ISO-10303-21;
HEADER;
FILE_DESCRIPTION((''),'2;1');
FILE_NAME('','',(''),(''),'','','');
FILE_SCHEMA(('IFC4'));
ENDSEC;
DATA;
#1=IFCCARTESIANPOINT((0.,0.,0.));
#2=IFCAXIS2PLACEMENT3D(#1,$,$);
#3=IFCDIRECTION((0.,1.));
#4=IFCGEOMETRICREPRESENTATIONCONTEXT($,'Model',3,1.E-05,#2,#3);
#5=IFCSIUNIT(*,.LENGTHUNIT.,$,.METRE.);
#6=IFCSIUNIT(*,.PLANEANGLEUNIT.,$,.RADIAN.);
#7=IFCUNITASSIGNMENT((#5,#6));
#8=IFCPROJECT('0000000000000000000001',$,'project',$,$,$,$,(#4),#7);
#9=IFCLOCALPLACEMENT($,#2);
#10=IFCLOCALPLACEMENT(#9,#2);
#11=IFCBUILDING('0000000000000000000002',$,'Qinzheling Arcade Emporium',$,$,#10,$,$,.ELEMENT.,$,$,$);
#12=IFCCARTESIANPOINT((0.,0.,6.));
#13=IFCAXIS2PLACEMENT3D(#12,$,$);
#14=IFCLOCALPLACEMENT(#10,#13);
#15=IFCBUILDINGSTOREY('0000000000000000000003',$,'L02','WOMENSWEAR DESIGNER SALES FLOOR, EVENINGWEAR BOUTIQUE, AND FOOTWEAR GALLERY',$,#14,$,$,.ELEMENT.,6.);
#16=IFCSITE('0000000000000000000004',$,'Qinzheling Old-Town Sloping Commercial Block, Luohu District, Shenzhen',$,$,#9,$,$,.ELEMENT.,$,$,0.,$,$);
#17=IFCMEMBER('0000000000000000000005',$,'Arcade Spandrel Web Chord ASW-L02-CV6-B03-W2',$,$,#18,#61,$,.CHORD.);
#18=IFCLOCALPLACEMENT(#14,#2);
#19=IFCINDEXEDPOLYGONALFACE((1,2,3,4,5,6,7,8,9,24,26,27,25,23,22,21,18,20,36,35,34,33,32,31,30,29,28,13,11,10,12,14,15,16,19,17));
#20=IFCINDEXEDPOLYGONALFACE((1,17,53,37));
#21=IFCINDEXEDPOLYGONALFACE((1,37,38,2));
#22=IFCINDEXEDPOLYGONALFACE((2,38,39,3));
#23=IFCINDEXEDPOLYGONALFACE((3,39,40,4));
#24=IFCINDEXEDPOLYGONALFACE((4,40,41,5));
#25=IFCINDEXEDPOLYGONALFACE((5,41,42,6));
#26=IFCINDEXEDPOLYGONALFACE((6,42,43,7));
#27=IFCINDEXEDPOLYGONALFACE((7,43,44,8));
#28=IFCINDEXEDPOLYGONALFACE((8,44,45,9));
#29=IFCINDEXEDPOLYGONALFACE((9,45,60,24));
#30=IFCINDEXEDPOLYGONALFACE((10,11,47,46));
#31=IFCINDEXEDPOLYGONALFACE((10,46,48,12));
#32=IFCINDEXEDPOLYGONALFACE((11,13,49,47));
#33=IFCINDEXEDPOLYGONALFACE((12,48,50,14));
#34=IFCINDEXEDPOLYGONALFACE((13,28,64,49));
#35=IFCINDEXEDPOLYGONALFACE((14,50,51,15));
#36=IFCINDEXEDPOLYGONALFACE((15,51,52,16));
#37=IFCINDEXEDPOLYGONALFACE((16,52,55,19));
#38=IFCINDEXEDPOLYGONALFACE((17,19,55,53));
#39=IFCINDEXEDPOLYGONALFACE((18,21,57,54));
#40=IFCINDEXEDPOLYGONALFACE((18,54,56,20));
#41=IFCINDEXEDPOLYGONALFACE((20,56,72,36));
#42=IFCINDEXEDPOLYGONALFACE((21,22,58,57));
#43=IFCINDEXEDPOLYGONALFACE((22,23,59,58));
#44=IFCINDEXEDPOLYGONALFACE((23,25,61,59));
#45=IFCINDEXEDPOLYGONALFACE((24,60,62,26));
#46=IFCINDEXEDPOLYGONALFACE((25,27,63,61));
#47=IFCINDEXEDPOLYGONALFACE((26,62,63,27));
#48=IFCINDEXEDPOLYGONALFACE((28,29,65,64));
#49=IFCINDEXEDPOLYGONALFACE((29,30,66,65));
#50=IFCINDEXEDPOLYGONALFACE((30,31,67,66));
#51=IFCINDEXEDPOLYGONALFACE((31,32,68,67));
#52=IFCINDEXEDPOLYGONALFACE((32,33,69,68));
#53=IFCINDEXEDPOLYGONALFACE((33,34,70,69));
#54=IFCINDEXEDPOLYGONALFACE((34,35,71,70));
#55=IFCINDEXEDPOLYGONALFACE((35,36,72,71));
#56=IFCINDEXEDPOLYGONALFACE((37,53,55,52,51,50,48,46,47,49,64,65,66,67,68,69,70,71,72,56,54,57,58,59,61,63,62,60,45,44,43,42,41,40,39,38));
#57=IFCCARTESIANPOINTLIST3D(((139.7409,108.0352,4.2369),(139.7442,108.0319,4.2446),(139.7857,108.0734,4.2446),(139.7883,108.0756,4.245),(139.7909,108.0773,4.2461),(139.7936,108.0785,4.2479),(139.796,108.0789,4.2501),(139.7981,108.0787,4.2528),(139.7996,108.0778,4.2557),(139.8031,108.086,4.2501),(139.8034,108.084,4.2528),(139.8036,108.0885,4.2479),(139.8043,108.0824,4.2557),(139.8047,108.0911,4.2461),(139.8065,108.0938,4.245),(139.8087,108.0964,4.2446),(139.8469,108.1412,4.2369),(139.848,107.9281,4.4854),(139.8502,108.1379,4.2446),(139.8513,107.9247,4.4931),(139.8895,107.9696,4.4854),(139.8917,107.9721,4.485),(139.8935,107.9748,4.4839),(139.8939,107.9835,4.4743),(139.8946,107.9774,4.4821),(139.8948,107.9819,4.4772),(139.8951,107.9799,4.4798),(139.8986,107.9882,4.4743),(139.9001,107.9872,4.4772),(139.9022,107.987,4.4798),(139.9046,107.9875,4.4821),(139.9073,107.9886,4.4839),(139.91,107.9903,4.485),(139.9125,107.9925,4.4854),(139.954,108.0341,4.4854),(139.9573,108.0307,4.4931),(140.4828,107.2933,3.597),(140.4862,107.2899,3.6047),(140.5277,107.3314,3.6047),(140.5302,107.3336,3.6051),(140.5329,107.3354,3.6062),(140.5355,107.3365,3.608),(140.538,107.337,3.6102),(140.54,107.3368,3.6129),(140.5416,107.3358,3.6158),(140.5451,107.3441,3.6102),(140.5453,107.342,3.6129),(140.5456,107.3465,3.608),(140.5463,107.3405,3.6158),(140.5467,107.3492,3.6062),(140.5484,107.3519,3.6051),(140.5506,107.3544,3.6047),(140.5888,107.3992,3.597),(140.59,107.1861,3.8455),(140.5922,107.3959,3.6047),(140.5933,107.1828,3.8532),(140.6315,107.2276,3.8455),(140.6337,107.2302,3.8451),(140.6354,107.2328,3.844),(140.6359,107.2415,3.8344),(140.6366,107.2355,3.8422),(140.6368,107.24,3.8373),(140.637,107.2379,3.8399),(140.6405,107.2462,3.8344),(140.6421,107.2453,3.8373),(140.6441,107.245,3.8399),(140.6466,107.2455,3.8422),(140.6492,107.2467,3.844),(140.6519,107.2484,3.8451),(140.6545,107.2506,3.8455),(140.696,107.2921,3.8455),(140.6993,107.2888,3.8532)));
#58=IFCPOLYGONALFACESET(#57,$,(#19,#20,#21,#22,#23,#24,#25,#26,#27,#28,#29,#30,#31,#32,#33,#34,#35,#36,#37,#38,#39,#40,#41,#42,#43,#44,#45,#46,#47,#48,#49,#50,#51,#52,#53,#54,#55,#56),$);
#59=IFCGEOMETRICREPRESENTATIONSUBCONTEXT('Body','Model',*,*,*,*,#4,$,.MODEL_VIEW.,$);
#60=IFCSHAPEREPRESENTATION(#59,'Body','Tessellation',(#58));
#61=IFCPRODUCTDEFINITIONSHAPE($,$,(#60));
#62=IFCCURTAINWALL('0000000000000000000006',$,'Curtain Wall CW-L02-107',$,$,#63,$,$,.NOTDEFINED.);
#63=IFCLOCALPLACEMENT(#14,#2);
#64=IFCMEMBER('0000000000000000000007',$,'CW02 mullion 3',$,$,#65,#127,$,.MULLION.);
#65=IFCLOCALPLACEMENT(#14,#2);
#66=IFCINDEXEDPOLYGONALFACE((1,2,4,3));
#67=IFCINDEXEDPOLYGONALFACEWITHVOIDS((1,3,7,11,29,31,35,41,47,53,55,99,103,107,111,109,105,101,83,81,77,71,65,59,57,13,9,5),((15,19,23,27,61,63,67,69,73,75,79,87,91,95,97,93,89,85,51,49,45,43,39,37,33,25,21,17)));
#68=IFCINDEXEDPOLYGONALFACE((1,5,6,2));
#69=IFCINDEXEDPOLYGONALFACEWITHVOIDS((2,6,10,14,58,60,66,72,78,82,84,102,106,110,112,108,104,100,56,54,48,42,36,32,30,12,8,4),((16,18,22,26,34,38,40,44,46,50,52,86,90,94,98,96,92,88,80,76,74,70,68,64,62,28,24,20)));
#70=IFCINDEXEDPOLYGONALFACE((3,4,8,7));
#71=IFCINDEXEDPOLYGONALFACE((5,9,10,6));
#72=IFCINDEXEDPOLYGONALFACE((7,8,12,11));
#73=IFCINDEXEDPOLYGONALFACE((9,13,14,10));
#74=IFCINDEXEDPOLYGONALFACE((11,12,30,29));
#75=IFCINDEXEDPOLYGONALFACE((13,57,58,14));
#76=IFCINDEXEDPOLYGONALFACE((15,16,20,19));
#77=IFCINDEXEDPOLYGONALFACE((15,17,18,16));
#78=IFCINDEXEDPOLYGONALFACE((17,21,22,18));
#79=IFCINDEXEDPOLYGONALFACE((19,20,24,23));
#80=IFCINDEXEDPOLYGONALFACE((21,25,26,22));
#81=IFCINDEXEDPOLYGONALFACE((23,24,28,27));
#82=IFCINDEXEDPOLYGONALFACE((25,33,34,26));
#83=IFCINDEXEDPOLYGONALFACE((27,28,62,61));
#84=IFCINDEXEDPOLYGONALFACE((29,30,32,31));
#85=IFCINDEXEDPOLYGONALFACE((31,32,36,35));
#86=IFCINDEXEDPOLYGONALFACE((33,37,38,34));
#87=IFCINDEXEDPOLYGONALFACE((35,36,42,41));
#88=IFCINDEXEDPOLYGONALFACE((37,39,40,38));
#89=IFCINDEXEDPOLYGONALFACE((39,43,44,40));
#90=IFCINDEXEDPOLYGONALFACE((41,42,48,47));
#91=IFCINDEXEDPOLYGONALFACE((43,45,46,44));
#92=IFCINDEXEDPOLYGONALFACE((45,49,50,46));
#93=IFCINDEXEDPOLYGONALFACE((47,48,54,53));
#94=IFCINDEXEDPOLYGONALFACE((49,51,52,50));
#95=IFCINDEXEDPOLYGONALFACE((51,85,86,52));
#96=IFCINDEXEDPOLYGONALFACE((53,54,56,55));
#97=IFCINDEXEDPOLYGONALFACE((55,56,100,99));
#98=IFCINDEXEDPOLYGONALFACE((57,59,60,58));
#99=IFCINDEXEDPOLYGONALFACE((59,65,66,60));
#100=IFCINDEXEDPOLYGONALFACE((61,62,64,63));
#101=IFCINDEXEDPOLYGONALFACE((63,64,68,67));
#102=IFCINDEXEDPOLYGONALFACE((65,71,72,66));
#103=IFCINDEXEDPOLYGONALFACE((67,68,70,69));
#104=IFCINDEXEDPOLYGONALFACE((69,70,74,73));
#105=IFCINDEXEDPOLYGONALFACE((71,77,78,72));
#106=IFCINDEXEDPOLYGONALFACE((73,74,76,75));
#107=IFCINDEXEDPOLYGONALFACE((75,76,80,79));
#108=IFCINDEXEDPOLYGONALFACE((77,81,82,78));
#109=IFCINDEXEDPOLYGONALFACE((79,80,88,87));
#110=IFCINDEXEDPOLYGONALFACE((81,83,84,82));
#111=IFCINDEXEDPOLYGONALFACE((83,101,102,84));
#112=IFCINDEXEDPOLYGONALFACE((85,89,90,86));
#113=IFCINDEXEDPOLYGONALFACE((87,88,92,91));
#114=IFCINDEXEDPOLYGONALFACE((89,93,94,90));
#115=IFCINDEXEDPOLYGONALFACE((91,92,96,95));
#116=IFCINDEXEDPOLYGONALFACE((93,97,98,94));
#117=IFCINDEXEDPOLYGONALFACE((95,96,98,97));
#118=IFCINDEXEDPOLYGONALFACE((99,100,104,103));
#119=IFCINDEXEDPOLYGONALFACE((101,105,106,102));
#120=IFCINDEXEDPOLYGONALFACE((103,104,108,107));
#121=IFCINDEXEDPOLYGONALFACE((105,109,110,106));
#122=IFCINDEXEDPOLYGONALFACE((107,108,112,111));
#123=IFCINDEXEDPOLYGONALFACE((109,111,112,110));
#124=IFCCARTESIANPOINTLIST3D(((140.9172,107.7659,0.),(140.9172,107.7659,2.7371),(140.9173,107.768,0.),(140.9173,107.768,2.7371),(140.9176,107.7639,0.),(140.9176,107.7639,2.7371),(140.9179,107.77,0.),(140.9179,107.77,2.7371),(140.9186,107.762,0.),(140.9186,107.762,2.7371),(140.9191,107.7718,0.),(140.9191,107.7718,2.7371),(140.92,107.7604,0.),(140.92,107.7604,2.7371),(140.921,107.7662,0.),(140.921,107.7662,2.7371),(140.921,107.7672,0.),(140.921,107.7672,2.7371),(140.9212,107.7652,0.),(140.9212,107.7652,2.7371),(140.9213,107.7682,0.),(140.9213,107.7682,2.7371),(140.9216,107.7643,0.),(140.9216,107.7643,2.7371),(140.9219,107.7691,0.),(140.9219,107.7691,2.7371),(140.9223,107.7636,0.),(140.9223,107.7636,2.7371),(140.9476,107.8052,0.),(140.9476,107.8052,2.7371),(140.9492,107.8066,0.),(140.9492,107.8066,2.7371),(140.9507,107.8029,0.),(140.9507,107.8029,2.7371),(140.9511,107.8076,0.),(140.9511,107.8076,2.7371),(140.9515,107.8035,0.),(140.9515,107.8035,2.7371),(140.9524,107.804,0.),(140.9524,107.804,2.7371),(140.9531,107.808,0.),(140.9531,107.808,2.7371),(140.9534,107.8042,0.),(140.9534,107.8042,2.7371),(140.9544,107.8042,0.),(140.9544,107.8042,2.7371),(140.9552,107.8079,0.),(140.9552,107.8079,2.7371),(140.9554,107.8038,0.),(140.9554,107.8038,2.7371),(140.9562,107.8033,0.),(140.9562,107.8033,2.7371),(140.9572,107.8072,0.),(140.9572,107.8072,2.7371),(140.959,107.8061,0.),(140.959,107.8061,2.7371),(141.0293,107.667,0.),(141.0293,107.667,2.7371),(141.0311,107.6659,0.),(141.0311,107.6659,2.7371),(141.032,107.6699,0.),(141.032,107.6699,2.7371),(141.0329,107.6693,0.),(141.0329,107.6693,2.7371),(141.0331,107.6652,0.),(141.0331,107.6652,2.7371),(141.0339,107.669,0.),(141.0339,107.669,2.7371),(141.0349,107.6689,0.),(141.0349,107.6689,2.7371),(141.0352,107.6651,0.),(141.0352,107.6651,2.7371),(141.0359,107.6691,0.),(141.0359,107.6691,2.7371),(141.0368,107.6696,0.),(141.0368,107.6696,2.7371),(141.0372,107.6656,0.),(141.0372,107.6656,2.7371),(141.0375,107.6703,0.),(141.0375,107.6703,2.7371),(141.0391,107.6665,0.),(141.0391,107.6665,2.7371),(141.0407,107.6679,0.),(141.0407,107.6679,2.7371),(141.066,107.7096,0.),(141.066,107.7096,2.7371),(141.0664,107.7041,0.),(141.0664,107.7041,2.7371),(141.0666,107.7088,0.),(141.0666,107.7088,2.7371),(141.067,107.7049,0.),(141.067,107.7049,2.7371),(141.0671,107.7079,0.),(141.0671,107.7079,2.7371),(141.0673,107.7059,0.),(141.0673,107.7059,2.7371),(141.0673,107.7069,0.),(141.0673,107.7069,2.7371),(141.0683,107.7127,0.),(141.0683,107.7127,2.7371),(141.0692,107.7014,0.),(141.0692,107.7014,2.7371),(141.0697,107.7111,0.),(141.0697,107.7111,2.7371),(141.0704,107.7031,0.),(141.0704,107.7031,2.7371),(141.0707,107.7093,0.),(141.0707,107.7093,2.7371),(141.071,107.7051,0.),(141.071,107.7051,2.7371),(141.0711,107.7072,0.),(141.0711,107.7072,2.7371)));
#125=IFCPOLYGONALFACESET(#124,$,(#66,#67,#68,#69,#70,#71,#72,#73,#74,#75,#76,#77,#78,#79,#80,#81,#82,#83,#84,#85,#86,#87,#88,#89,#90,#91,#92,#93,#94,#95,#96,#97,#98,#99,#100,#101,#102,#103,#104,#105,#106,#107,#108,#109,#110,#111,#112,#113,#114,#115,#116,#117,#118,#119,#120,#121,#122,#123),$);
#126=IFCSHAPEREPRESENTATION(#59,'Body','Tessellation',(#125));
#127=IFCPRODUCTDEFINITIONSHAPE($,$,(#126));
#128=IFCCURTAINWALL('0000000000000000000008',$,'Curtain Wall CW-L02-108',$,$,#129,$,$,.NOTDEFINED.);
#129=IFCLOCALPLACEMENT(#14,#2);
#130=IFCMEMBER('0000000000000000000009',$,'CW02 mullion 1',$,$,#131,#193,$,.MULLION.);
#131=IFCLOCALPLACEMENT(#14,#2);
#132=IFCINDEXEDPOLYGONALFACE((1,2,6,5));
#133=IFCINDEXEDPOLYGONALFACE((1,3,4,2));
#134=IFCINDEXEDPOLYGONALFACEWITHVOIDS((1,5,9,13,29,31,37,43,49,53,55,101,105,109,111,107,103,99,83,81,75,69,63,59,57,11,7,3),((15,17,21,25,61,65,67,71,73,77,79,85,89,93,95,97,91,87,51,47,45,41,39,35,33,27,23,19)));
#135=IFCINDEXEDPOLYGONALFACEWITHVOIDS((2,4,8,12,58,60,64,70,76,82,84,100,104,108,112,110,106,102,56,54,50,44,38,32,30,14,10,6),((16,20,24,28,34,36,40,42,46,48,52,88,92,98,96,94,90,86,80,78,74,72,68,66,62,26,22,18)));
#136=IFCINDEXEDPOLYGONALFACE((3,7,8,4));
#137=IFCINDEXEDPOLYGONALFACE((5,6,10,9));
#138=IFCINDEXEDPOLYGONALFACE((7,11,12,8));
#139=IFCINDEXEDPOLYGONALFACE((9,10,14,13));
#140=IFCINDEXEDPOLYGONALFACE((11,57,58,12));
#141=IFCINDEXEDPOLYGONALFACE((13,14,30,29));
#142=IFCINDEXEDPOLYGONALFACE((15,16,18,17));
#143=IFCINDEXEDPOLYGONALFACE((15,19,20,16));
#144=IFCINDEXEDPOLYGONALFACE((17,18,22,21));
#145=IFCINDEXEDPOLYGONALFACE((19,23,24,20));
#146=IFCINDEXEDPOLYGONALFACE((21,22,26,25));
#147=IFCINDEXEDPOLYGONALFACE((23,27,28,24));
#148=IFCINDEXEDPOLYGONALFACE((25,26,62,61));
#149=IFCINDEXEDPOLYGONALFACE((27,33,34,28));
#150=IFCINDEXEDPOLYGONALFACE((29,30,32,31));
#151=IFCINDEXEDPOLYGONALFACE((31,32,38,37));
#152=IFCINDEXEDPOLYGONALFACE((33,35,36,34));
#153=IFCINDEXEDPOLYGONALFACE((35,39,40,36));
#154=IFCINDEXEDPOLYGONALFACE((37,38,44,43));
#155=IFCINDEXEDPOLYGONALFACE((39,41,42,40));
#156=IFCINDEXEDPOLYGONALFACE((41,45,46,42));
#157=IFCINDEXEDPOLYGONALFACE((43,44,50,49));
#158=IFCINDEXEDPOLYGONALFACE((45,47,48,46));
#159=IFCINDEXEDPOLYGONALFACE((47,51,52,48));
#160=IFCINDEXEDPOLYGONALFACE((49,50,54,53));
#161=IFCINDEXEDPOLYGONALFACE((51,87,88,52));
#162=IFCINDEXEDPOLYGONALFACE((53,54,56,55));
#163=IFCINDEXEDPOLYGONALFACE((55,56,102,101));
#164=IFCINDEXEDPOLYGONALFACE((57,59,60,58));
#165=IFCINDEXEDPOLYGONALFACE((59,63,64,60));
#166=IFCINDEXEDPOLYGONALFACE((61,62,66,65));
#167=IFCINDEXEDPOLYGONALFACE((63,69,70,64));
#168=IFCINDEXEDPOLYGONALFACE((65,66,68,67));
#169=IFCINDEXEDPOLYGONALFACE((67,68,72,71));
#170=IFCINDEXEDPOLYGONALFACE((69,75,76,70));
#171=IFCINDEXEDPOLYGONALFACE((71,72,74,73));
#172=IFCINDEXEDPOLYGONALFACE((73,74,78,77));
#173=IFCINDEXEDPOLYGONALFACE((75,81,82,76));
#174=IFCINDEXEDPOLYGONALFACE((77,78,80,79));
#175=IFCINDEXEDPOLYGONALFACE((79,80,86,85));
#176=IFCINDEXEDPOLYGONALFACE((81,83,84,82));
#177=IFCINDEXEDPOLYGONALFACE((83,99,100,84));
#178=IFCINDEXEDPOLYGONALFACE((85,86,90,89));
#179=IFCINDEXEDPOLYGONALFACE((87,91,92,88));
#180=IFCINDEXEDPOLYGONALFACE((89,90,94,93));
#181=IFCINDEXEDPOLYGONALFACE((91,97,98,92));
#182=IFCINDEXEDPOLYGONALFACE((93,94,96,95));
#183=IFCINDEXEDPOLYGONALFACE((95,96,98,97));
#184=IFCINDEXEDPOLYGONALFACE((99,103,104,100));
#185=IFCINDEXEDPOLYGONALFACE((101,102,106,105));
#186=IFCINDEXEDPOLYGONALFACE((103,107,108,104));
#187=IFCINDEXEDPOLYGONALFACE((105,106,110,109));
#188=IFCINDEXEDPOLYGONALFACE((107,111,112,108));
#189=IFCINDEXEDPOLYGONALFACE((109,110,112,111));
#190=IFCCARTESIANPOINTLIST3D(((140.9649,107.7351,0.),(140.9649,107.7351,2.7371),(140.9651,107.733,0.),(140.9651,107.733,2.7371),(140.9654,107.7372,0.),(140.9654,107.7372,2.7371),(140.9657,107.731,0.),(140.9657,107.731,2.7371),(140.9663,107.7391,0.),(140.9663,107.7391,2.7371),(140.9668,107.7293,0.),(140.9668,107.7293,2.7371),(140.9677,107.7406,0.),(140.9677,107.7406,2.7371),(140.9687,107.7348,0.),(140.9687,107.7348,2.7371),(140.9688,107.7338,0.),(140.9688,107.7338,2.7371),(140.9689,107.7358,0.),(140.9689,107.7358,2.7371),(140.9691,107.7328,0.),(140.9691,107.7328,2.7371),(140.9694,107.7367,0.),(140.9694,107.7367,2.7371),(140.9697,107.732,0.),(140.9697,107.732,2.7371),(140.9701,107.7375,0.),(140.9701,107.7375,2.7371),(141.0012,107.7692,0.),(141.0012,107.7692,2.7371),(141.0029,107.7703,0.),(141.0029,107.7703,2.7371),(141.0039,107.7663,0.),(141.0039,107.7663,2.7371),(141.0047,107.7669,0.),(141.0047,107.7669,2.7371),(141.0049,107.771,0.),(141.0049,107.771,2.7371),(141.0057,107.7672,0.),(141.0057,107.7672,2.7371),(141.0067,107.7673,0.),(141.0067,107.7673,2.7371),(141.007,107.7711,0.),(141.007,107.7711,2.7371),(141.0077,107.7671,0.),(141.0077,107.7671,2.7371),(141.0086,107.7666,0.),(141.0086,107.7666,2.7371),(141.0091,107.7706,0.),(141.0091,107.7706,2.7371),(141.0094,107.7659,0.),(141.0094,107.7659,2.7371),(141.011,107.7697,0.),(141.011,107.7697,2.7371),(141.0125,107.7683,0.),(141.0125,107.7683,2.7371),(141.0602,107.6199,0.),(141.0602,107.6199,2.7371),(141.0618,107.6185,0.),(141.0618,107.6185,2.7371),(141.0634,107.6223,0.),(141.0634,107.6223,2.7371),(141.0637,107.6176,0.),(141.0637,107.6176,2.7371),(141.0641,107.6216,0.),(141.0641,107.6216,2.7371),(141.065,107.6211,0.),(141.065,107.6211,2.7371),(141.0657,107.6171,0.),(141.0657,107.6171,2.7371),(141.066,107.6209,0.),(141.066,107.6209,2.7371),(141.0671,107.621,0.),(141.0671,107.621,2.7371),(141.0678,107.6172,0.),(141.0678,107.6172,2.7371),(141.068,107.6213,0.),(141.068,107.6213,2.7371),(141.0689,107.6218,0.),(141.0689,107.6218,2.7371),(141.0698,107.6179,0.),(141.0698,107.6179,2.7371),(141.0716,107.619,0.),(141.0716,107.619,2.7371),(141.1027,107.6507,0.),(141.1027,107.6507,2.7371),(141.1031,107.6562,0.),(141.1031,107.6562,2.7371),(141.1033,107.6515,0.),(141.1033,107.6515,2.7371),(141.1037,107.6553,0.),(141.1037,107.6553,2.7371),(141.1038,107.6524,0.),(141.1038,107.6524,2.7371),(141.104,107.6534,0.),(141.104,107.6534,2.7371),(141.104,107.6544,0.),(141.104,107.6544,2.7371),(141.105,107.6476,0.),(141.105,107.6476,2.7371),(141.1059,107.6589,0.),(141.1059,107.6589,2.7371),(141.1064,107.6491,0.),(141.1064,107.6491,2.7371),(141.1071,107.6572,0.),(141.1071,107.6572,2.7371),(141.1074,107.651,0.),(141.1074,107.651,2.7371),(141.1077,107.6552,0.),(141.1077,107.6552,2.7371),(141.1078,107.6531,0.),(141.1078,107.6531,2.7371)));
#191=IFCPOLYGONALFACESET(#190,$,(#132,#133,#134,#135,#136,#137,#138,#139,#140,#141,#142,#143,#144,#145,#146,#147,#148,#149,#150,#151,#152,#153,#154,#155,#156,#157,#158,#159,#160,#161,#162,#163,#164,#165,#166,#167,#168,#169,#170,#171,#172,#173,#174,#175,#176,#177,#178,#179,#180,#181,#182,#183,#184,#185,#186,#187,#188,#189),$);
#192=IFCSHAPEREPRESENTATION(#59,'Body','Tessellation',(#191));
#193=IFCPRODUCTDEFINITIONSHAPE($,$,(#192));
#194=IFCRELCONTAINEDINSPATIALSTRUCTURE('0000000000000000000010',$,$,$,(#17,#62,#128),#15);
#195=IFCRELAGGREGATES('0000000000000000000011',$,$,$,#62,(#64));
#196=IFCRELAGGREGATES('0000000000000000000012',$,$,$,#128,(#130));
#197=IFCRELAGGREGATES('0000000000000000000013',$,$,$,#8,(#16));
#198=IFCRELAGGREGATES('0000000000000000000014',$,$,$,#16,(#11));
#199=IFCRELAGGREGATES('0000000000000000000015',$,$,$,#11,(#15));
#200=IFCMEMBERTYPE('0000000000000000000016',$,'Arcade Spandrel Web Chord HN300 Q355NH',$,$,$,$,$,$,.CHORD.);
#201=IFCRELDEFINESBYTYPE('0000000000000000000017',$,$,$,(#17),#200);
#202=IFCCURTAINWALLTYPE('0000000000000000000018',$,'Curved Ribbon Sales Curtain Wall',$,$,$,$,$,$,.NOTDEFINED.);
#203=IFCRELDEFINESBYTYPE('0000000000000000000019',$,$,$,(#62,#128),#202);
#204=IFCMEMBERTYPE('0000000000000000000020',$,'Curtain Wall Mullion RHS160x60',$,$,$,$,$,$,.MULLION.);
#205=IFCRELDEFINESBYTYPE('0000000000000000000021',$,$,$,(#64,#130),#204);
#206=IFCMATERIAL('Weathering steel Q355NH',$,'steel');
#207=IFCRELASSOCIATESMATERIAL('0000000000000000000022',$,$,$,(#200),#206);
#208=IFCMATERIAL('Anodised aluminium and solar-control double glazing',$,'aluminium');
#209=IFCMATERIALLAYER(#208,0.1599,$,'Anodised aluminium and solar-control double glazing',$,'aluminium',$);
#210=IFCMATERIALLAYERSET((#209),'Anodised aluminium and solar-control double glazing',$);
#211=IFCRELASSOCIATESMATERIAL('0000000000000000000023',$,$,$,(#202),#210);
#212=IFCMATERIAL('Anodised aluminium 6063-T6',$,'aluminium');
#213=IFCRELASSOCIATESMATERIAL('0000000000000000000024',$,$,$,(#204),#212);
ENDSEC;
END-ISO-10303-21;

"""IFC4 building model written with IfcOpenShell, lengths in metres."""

from ifc_helpers import new_model, si_unit, direction, frame, origin, origin_2d, place, context, subcontext, project, spatial, hollow_rectangle, i_section, extrude, material, layer, layer_set, material_profile, profile_set, type_object, element, aggregate, save


model = new_model("IFC4")

# Units and contexts
model_context = context("Model", 3, precision=1e-05, world=origin(), true_north=direction((0.0, 1.0)))
body_context = subcontext(model_context, "Body", "Model", "MODEL_VIEW")
ifc_project = project(units=[si_unit("LENGTHUNIT", "METRE"), si_unit("PLANEANGLEUNIT", "RADIAN")], contexts=[model_context])

# Site, building, storey
site_placement = place(None, origin())
site = spatial("IfcSite", under=ifc_project, at=site_placement, Name="Qinzheling Old-Town Sloping Commercial Block, Luohu District, Shenzhen", CompositionType="ELEMENT", RefElevation=0.0)
building_placement = place(site_placement, origin())
building = spatial("IfcBuilding", under=site, at=building_placement, Name="Qinzheling Arcade Emporium", CompositionType="ELEMENT")
storey_placement = place(building_placement, frame((0.0, 0.0, 6.0)))
storey = spatial("IfcBuildingStorey", under=building, at=storey_placement, Name="L02", Description="WOMENSWEAR DESIGNER SALES FLOOR, EVENINGWEAR BOUTIQUE, AND FOOTWEAR GALLERY", CompositionType="ELEMENT", Elevation=6.0)

# Shared definitions
ifc_material_1 = material(Name="Weathering steel Q355NH", Category="steel")

# Member
ifc_material_profile_1 = material_profile(ifc_material_1, i_section(OverallWidth=0.1499, OverallDepth=0.3, WebThickness=0.0066, FlangeThickness=0.009, FilletRadius=0.0129, at=origin_2d()), Name="HN 300x150x6.5x9", Category="steel")
ifc_profile_set_1 = profile_set([ifc_material_profile_1], Name="Weathering steel Q355NH")
member_type_1 = type_object("IfcMemberType", Name="Arcade Spandrel Web Chord HN300 Q355NH", PredefinedType="CHORD", material=ifc_profile_set_1)
for number, where, z_axis, x_axis, name in (
    (1, (140.5911, 107.291, 3.7251), (-0.603701, 0.603701, 0.520664), (-0.707107, -0.707107, 0.0), "Arcade Spandrel Web Chord ASW-L02-CV6-B03-W2"),
):
    element("IfcMember", number, at=place(storey_placement, frame(where, z_axis=z_axis, x_axis=x_axis)), inside=storey, type_object=member_type_1, Name=name, PredefinedType="CHORD", context=body_context, shape_type="SweptSolid", body=[
        extrude(i_section(OverallWidth=0.1499, OverallDepth=0.3, WebThickness=0.0066, FlangeThickness=0.009, FilletRadius=0.0129, at=origin_2d()), origin(), (0.0, 0.0, 1.0), 1.229),
    ])

# Curtain wall, member
ifc_material_2 = material(Name="Anodised aluminium and solar-control double glazing", Category="aluminium")
ifc_layer_1 = layer(ifc_material_2, 0.1599, Name="Anodised aluminium and solar-control double glazing", Category="aluminium")
ifc_layer_set_1 = layer_set([ifc_layer_1], Name="Anodised aluminium and solar-control double glazing")
curtain_wall_type = type_object("IfcCurtainWallType", Name="Curved Ribbon Sales Curtain Wall", PredefinedType="NOTDEFINED", material=ifc_layer_set_1)
curtain_wall_1_placement = place(storey_placement, origin())
curtain_wall_1 = element("IfcCurtainWall", 2, at=curtain_wall_1_placement, inside=storey, type_object=curtain_wall_type, Name="Curtain Wall CW-L02-107", PredefinedType="NOTDEFINED")
ifc_material_3 = material(Name="Anodised aluminium 6063-T6", Category="aluminium")
ifc_material_profile_2 = material_profile(ifc_material_3, hollow_rectangle(XDim=0.0601, YDim=0.1599, WallThickness=0.0039, InnerFilletRadius=0.0039, OuterFilletRadius=0.0081, at=origin_2d()), Name="RHS 160x60x4", Category="aluminium")
ifc_profile_set_2 = profile_set([ifc_material_profile_2], Name="Anodised aluminium 6063-T6")
member_type_2 = type_object("IfcMemberType", Name="Curtain Wall Mullion RHS160x60", PredefinedType="MULLION", material=ifc_profile_set_2)
member_1_placement = place(storey_placement, frame((140.9941, 107.7366, 0.0), z_axis=(0.0, 0.0, 1.0), x_axis=(0.649473, 0.760385, 0.0)))
member_1 = element("IfcMember", 3, at=member_1_placement, type_object=member_type_2, Name="CW02 mullion 3", PredefinedType="MULLION", context=body_context, shape_type="SweptSolid", body=[
    extrude(hollow_rectangle(XDim=0.0601, YDim=0.1599, WallThickness=0.0039, InnerFilletRadius=0.0039, OuterFilletRadius=0.0081, at=origin_2d()), origin(), (0.0, 0.0, 1.0), 2.7371),
])

# Curtain wall, member
curtain_wall_2_placement = place(storey_placement, origin())
curtain_wall_2 = element("IfcCurtainWall", 4, at=curtain_wall_2_placement, inside=storey, type_object=curtain_wall_type, Name="Curtain Wall CW-L02-108", PredefinedType="NOTDEFINED")
member_2_placement = place(storey_placement, frame((141.0364, 107.6941, 0.0), z_axis=(0.0, 0.0, 1.0), x_axis=(0.760385, 0.649473, 0.0)))
member_2 = element("IfcMember", 5, at=member_2_placement, type_object=member_type_2, Name="CW02 mullion 1", PredefinedType="MULLION", context=body_context, shape_type="SweptSolid", body=[
    extrude(hollow_rectangle(XDim=0.0601, YDim=0.1599, WallThickness=0.0039, InnerFilletRadius=0.0039, OuterFilletRadius=0.0081, at=origin_2d()), origin(), (0.0, 0.0, 1.0), 2.7371),
])

aggregate(curtain_wall_1, [member_1])
aggregate(curtain_wall_2, [member_2])

save(model, "model.ifc")
